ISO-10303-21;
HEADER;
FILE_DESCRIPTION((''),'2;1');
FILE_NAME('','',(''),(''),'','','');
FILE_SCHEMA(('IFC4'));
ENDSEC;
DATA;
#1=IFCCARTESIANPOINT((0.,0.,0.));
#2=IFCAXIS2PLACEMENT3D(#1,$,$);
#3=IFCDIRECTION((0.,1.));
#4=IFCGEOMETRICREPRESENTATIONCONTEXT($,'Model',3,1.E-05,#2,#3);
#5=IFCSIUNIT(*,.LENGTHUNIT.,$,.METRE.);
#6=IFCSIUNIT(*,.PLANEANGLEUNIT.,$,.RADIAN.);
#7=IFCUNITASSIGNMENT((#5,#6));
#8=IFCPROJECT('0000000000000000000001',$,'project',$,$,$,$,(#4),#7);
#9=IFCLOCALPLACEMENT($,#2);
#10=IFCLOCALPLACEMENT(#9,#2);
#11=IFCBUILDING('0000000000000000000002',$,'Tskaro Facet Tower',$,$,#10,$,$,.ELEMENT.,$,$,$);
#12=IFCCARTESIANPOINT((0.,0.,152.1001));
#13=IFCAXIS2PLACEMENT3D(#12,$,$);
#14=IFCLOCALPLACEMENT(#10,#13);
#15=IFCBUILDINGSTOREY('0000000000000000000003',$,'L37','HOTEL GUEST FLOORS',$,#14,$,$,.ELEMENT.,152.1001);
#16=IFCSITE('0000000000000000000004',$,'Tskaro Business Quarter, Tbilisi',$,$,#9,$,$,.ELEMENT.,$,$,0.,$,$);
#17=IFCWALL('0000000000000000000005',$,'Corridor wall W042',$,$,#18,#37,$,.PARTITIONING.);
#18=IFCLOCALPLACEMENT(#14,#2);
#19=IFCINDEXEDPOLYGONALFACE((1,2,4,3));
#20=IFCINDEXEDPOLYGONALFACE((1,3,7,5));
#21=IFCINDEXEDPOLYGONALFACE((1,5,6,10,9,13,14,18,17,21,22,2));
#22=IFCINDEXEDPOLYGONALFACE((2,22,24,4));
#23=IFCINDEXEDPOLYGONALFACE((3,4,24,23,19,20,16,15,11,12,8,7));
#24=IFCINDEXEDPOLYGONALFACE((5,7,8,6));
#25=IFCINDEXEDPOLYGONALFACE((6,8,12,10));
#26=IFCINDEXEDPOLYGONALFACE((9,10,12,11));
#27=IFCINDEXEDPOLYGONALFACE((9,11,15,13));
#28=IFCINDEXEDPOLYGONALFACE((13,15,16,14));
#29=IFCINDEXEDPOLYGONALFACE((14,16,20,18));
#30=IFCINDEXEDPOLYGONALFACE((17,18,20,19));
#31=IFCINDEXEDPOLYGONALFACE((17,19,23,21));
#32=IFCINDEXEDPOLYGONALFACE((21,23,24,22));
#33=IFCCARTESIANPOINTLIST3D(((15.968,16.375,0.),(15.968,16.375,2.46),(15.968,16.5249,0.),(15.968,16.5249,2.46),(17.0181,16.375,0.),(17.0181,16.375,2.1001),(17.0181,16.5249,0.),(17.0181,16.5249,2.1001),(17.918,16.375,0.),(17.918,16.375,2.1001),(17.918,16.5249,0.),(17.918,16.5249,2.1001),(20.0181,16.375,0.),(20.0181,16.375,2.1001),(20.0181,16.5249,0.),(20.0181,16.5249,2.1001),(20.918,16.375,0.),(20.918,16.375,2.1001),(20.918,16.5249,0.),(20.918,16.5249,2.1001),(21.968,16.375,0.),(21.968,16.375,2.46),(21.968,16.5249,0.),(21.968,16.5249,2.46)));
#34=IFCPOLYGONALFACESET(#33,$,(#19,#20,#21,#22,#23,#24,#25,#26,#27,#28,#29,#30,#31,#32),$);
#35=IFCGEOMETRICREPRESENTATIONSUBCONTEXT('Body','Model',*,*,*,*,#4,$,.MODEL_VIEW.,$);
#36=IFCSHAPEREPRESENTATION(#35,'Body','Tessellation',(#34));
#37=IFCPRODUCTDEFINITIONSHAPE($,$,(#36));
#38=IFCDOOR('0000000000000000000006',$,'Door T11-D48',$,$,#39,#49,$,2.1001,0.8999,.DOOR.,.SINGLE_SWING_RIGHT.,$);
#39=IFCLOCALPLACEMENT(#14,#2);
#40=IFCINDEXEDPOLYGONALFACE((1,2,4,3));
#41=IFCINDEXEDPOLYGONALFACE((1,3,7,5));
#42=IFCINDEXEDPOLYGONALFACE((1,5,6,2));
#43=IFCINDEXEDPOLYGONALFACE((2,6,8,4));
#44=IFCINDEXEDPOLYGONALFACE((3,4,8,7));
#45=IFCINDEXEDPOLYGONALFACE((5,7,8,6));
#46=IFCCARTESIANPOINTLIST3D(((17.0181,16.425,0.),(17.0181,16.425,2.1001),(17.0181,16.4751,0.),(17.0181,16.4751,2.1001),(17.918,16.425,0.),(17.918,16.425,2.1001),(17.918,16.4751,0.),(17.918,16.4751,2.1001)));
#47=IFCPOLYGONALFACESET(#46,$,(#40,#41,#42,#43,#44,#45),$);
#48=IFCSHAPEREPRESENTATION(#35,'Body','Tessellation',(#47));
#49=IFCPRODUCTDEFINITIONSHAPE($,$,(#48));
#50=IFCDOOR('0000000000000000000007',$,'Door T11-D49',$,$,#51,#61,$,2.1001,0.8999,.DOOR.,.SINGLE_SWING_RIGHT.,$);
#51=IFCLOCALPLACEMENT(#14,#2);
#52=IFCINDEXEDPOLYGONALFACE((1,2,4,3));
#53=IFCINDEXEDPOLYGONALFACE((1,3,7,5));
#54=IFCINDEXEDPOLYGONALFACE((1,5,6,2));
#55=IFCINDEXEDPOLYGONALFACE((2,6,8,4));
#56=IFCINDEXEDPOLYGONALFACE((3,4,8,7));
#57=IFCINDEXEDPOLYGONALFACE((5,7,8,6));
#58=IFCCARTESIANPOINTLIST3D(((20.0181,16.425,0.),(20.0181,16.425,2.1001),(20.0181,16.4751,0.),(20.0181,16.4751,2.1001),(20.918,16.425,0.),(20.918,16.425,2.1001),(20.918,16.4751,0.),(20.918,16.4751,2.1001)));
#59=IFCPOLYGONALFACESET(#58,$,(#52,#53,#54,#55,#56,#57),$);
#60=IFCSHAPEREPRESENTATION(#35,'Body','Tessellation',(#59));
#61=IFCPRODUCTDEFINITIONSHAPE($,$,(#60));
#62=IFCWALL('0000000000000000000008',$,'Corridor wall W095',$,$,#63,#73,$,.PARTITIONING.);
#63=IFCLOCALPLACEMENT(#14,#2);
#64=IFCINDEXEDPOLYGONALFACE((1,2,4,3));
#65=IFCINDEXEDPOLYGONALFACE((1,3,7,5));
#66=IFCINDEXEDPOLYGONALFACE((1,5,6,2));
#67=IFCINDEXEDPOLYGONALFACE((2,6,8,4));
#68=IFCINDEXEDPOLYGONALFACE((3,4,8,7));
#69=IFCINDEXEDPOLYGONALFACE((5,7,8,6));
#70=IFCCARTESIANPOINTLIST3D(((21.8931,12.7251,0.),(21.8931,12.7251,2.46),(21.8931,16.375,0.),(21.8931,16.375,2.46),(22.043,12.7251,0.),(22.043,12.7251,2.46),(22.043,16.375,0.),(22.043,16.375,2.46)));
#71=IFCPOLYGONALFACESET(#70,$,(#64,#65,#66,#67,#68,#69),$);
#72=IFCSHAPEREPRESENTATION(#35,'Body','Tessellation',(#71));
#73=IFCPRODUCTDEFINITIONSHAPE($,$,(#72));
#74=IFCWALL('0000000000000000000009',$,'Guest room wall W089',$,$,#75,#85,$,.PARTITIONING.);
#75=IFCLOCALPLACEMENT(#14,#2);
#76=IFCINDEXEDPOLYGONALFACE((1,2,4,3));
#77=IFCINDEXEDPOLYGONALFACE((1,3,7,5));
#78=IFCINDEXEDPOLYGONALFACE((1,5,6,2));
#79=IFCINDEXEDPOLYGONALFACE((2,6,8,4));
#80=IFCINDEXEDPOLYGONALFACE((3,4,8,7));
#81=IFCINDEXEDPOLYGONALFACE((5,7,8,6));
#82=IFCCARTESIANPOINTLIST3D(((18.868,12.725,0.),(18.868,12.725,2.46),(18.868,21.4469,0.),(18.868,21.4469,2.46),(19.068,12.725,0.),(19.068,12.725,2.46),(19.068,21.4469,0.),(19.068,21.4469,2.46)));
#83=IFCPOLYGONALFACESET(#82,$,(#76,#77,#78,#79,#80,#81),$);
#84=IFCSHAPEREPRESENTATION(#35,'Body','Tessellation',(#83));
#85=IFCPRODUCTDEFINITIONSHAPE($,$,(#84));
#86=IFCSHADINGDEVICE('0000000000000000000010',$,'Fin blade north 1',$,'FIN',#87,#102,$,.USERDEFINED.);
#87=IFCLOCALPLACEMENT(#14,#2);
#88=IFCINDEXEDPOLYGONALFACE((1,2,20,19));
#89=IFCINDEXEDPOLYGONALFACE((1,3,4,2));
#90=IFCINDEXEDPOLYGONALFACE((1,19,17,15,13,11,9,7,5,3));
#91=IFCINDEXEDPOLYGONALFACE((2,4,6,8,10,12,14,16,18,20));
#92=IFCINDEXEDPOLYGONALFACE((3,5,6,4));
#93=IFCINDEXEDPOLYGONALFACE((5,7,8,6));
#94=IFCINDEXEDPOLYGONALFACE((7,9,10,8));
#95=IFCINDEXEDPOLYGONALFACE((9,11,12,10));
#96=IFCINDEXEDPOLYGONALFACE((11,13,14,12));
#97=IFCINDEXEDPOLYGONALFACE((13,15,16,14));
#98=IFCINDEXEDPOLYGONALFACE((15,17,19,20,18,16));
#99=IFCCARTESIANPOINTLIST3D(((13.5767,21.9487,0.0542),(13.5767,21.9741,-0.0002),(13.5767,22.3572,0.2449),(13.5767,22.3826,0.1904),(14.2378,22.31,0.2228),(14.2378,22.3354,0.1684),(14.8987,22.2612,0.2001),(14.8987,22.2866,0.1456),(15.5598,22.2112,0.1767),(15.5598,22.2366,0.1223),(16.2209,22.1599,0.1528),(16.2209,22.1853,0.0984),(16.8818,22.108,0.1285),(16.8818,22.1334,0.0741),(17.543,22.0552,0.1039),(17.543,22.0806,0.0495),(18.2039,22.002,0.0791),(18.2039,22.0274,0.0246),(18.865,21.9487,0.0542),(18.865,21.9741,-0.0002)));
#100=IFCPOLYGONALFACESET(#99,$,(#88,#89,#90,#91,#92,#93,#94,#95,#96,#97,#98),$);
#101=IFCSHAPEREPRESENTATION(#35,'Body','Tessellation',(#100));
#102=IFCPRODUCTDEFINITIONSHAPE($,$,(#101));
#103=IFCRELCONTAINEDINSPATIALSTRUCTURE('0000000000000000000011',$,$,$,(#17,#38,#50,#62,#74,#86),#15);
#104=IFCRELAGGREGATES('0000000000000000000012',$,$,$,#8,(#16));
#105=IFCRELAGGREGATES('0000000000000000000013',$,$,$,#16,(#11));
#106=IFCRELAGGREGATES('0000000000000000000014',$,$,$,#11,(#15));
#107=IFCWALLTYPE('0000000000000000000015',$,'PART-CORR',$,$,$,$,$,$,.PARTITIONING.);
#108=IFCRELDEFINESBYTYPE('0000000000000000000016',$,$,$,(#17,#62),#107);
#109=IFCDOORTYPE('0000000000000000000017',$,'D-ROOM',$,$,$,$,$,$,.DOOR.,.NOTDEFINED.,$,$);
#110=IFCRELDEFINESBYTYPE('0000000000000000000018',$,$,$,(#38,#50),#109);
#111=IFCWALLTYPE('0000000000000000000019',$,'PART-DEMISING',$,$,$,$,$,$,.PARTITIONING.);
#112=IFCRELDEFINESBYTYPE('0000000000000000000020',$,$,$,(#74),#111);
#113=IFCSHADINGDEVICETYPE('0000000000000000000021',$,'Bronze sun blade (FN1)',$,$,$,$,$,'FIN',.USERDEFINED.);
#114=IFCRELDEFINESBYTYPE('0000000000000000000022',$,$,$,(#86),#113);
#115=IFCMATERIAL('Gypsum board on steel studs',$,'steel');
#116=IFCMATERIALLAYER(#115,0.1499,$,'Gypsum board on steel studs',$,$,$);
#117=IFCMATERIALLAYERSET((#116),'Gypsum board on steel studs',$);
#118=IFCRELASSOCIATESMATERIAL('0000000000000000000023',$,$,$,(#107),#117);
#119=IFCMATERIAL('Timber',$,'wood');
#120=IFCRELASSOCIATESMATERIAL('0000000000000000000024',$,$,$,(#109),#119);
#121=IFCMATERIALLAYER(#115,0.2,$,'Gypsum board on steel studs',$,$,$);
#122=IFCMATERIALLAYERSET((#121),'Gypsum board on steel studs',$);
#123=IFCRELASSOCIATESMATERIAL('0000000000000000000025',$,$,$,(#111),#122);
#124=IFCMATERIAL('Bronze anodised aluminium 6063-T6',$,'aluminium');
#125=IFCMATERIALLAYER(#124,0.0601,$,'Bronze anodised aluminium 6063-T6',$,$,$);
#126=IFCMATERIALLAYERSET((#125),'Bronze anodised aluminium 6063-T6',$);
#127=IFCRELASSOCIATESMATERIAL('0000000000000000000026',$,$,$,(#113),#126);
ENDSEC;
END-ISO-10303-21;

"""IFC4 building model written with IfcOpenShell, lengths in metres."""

from ifc_helpers import new_model, si_unit, direction, frame, frame_2d, origin, place, context, subcontext, project, spatial, polyline, rectangle, outline, extrude, material, layer, layer_set, type_object, element, fill, save


model = new_model("IFC4")

# Units and contexts
model_context = context("Model", 3, precision=1e-05, world=origin(), true_north=direction((0.0, 1.0)))
body_context = subcontext(model_context, "Body", "Model", "MODEL_VIEW")
ifc_project = project(units=[si_unit("LENGTHUNIT", "METRE"), si_unit("PLANEANGLEUNIT", "RADIAN")], contexts=[model_context])

# Site, building, storey
site_placement = place(None, origin())
site = spatial("IfcSite", under=ifc_project, at=site_placement, Name="Tskaro Business Quarter, Tbilisi", CompositionType="ELEMENT", RefElevation=0.0)
building_placement = place(site_placement, origin())
building = spatial("IfcBuilding", under=site, at=building_placement, Name="Tskaro Facet Tower", CompositionType="ELEMENT")
storey_placement = place(building_placement, frame((0.0, 0.0, 152.1001)))
storey = spatial("IfcBuildingStorey", under=building, at=storey_placement, Name="L37", Description="HOTEL GUEST FLOORS", CompositionType="ELEMENT", Elevation=152.1001)

# Shared definitions
ifc_material_1 = material(Name="Bronze anodised aluminium 6063-T6", Category="aluminium")

# Shared definitions
ifc_material_2 = material(Name="Gypsum board on steel studs", Category="steel")
ifc_layer_1 = layer(ifc_material_2, 0.1499, Name="Gypsum board on steel studs")
ifc_layer_set_1 = layer_set([ifc_layer_1], Name="Gypsum board on steel studs")
wall_type_1 = type_object("IfcWallType", Name="PART-CORR", PredefinedType="PARTITIONING", material=ifc_layer_set_1)
ifc_material_3 = material(Name="Timber", Category="wood")
door_type_1 = type_object("IfcDoorType", Name="D-ROOM", OperationType="NOTDEFINED", PredefinedType="DOOR", material=ifc_material_3)

# Wall, openings, doors
wall_1_placement = place(storey_placement, frame((21.968, 16.45, 0.0), z_axis=(0.0, 0.0, 1.0), x_axis=(-1.0, 0.0, 0.0)))
wall_1 = element("IfcWall", 1, at=wall_1_placement, inside=storey, type_object=wall_type_1, Name="Corridor wall W042", PredefinedType="PARTITIONING", context=body_context, shape_type="SweptSolid", body=[
    extrude(rectangle(XDim=6.0, YDim=0.1499, at=frame_2d((3.0, 0.0))), origin(), (0.0, 0.0, 1.0), 2.46),
])
opening_1_placement = place(wall_1_placement, frame((4.05, 0.0, 0.0)))
opening_1 = element("IfcOpeningElement", 2, at=opening_1_placement, cuts=wall_1, PredefinedType="OPENING", context=body_context, shape_type="SweptSolid", body=[
    extrude(rectangle(XDim=0.8999, YDim=2.1001, at=frame_2d((0.45, 1.05))), frame((0.0, 0.085, 0.0), z_axis=(0.0, -1.0, 0.0), x_axis=(1.0, 0.0, 0.0)), (0.0, 0.0, 1.0), 0.1699),
])
opening_2_placement = place(wall_1_placement, frame((1.05, 0.0, 0.0)))
opening_2 = element("IfcOpeningElement", 3, at=opening_2_placement, cuts=wall_1, PredefinedType="OPENING", context=body_context, shape_type="SweptSolid", body=[
    extrude(rectangle(XDim=0.8999, YDim=2.1001, at=frame_2d((0.45, 1.05))), frame((0.0, 0.085, 0.0), z_axis=(0.0, -1.0, 0.0), x_axis=(1.0, 0.0, 0.0)), (0.0, 0.0, 1.0), 0.1699),
])
door_1_placement = place(opening_1_placement, origin())
door_1 = element("IfcDoor", 4, at=door_1_placement, inside=storey, type_object=door_type_1, Name="Door T11-D48", OperationType="SINGLE_SWING_RIGHT", OverallHeight=2.1001, OverallWidth=0.8999, PredefinedType="DOOR", context=body_context, shape_type="SweptSolid", body=[
    extrude(rectangle(XDim=0.8999, YDim=2.1001, at=frame_2d((0.45, 1.05))), frame((0.0, 0.0249, 0.0), z_axis=(0.0, -1.0, 0.0), x_axis=(1.0, 0.0, 0.0)), (0.0, 0.0, 1.0), 0.05),
])
fill(opening_1, door_1)
door_2_placement = place(opening_2_placement, origin())
door_2 = element("IfcDoor", 5, at=door_2_placement, inside=storey, type_object=door_type_1, Name="Door T11-D49", OperationType="SINGLE_SWING_RIGHT", OverallHeight=2.1001, OverallWidth=0.8999, PredefinedType="DOOR", context=body_context, shape_type="SweptSolid", body=[
    extrude(rectangle(XDim=0.8999, YDim=2.1001, at=frame_2d((0.45, 1.05))), frame((0.0, 0.0249, 0.0), z_axis=(0.0, -1.0, 0.0), x_axis=(1.0, 0.0, 0.0)), (0.0, 0.0, 1.0), 0.05),
])
fill(opening_2, door_2)

# Walls
wall_2_placement = place(storey_placement, frame((21.968, 12.7251, 0.0), z_axis=(0.0, 0.0, 1.0), x_axis=(0.0, 1.0, 0.0)))
element("IfcWall", 6, at=wall_2_placement, inside=storey, type_object=wall_type_1, Name="Corridor wall W095", PredefinedType="PARTITIONING", context=body_context, shape_type="SweptSolid", body=[
    extrude(rectangle(XDim=3.6499, YDim=0.1499, at=frame_2d((1.825, 0.0))), origin(), (0.0, 0.0, 1.0), 2.46),
])
ifc_layer_2 = layer(ifc_material_2, 0.2, Name="Gypsum board on steel studs")
ifc_layer_set_2 = layer_set([ifc_layer_2], Name="Gypsum board on steel studs")
wall_type_2 = type_object("IfcWallType", Name="PART-DEMISING", PredefinedType="PARTITIONING", material=ifc_layer_set_2)
wall_3_placement = place(storey_placement, frame((18.968, 12.7251, 0.0), z_axis=(0.0, 0.0, 1.0), x_axis=(0.0, 1.0, 0.0)))
element("IfcWall", 7, at=wall_3_placement, inside=storey, type_object=wall_type_2, Name="Guest room wall W089", PredefinedType="PARTITIONING", context=body_context, shape_type="SweptSolid", body=[
    extrude(rectangle(XDim=8.7219, YDim=0.2, at=frame_2d((4.3608, 0.0))), origin(), (0.0, 0.0, 1.0), 2.46),
])

# Shading device
ifc_layer_3 = layer(ifc_material_1, 0.0601, Name="Bronze anodised aluminium 6063-T6")
ifc_layer_set_3 = layer_set([ifc_layer_3], Name="Bronze anodised aluminium 6063-T6")
shading_device_type = type_object("IfcShadingDeviceType", Name="Bronze sun blade (FN1)", ElementType="FIN", PredefinedType="USERDEFINED", material=ifc_layer_set_3)
shading_device_placement = place(storey_placement, frame((18.865, 21.9487, 0.0542), z_axis=(-0.000004, -0.42303, 0.906115), x_axis=(-1.0, 0.000002, -0.000003)))
element("IfcShadingDevice", 8, at=shading_device_placement, inside=storey, type_object=shading_device_type, Name="Fin blade north 1", ObjectType="FIN", PredefinedType="USERDEFINED", context=body_context, shape_type="SweptSolid", body=[
    extrude(outline(polyline([(0.0, 0.0), (5.2883, 0.0), (5.2883, -0.4508), (4.6272, -0.3987), (3.9663, -0.3448), (3.3052, -0.2897), (2.644, -0.2331), (1.9832, -0.1757), (1.322, -0.1175), (0.6611, -0.0588), (0.0, 0.0)])), origin(), (0.0, 0.0, -1.0), 0.0601),
])

save(model, "model.ifc")
